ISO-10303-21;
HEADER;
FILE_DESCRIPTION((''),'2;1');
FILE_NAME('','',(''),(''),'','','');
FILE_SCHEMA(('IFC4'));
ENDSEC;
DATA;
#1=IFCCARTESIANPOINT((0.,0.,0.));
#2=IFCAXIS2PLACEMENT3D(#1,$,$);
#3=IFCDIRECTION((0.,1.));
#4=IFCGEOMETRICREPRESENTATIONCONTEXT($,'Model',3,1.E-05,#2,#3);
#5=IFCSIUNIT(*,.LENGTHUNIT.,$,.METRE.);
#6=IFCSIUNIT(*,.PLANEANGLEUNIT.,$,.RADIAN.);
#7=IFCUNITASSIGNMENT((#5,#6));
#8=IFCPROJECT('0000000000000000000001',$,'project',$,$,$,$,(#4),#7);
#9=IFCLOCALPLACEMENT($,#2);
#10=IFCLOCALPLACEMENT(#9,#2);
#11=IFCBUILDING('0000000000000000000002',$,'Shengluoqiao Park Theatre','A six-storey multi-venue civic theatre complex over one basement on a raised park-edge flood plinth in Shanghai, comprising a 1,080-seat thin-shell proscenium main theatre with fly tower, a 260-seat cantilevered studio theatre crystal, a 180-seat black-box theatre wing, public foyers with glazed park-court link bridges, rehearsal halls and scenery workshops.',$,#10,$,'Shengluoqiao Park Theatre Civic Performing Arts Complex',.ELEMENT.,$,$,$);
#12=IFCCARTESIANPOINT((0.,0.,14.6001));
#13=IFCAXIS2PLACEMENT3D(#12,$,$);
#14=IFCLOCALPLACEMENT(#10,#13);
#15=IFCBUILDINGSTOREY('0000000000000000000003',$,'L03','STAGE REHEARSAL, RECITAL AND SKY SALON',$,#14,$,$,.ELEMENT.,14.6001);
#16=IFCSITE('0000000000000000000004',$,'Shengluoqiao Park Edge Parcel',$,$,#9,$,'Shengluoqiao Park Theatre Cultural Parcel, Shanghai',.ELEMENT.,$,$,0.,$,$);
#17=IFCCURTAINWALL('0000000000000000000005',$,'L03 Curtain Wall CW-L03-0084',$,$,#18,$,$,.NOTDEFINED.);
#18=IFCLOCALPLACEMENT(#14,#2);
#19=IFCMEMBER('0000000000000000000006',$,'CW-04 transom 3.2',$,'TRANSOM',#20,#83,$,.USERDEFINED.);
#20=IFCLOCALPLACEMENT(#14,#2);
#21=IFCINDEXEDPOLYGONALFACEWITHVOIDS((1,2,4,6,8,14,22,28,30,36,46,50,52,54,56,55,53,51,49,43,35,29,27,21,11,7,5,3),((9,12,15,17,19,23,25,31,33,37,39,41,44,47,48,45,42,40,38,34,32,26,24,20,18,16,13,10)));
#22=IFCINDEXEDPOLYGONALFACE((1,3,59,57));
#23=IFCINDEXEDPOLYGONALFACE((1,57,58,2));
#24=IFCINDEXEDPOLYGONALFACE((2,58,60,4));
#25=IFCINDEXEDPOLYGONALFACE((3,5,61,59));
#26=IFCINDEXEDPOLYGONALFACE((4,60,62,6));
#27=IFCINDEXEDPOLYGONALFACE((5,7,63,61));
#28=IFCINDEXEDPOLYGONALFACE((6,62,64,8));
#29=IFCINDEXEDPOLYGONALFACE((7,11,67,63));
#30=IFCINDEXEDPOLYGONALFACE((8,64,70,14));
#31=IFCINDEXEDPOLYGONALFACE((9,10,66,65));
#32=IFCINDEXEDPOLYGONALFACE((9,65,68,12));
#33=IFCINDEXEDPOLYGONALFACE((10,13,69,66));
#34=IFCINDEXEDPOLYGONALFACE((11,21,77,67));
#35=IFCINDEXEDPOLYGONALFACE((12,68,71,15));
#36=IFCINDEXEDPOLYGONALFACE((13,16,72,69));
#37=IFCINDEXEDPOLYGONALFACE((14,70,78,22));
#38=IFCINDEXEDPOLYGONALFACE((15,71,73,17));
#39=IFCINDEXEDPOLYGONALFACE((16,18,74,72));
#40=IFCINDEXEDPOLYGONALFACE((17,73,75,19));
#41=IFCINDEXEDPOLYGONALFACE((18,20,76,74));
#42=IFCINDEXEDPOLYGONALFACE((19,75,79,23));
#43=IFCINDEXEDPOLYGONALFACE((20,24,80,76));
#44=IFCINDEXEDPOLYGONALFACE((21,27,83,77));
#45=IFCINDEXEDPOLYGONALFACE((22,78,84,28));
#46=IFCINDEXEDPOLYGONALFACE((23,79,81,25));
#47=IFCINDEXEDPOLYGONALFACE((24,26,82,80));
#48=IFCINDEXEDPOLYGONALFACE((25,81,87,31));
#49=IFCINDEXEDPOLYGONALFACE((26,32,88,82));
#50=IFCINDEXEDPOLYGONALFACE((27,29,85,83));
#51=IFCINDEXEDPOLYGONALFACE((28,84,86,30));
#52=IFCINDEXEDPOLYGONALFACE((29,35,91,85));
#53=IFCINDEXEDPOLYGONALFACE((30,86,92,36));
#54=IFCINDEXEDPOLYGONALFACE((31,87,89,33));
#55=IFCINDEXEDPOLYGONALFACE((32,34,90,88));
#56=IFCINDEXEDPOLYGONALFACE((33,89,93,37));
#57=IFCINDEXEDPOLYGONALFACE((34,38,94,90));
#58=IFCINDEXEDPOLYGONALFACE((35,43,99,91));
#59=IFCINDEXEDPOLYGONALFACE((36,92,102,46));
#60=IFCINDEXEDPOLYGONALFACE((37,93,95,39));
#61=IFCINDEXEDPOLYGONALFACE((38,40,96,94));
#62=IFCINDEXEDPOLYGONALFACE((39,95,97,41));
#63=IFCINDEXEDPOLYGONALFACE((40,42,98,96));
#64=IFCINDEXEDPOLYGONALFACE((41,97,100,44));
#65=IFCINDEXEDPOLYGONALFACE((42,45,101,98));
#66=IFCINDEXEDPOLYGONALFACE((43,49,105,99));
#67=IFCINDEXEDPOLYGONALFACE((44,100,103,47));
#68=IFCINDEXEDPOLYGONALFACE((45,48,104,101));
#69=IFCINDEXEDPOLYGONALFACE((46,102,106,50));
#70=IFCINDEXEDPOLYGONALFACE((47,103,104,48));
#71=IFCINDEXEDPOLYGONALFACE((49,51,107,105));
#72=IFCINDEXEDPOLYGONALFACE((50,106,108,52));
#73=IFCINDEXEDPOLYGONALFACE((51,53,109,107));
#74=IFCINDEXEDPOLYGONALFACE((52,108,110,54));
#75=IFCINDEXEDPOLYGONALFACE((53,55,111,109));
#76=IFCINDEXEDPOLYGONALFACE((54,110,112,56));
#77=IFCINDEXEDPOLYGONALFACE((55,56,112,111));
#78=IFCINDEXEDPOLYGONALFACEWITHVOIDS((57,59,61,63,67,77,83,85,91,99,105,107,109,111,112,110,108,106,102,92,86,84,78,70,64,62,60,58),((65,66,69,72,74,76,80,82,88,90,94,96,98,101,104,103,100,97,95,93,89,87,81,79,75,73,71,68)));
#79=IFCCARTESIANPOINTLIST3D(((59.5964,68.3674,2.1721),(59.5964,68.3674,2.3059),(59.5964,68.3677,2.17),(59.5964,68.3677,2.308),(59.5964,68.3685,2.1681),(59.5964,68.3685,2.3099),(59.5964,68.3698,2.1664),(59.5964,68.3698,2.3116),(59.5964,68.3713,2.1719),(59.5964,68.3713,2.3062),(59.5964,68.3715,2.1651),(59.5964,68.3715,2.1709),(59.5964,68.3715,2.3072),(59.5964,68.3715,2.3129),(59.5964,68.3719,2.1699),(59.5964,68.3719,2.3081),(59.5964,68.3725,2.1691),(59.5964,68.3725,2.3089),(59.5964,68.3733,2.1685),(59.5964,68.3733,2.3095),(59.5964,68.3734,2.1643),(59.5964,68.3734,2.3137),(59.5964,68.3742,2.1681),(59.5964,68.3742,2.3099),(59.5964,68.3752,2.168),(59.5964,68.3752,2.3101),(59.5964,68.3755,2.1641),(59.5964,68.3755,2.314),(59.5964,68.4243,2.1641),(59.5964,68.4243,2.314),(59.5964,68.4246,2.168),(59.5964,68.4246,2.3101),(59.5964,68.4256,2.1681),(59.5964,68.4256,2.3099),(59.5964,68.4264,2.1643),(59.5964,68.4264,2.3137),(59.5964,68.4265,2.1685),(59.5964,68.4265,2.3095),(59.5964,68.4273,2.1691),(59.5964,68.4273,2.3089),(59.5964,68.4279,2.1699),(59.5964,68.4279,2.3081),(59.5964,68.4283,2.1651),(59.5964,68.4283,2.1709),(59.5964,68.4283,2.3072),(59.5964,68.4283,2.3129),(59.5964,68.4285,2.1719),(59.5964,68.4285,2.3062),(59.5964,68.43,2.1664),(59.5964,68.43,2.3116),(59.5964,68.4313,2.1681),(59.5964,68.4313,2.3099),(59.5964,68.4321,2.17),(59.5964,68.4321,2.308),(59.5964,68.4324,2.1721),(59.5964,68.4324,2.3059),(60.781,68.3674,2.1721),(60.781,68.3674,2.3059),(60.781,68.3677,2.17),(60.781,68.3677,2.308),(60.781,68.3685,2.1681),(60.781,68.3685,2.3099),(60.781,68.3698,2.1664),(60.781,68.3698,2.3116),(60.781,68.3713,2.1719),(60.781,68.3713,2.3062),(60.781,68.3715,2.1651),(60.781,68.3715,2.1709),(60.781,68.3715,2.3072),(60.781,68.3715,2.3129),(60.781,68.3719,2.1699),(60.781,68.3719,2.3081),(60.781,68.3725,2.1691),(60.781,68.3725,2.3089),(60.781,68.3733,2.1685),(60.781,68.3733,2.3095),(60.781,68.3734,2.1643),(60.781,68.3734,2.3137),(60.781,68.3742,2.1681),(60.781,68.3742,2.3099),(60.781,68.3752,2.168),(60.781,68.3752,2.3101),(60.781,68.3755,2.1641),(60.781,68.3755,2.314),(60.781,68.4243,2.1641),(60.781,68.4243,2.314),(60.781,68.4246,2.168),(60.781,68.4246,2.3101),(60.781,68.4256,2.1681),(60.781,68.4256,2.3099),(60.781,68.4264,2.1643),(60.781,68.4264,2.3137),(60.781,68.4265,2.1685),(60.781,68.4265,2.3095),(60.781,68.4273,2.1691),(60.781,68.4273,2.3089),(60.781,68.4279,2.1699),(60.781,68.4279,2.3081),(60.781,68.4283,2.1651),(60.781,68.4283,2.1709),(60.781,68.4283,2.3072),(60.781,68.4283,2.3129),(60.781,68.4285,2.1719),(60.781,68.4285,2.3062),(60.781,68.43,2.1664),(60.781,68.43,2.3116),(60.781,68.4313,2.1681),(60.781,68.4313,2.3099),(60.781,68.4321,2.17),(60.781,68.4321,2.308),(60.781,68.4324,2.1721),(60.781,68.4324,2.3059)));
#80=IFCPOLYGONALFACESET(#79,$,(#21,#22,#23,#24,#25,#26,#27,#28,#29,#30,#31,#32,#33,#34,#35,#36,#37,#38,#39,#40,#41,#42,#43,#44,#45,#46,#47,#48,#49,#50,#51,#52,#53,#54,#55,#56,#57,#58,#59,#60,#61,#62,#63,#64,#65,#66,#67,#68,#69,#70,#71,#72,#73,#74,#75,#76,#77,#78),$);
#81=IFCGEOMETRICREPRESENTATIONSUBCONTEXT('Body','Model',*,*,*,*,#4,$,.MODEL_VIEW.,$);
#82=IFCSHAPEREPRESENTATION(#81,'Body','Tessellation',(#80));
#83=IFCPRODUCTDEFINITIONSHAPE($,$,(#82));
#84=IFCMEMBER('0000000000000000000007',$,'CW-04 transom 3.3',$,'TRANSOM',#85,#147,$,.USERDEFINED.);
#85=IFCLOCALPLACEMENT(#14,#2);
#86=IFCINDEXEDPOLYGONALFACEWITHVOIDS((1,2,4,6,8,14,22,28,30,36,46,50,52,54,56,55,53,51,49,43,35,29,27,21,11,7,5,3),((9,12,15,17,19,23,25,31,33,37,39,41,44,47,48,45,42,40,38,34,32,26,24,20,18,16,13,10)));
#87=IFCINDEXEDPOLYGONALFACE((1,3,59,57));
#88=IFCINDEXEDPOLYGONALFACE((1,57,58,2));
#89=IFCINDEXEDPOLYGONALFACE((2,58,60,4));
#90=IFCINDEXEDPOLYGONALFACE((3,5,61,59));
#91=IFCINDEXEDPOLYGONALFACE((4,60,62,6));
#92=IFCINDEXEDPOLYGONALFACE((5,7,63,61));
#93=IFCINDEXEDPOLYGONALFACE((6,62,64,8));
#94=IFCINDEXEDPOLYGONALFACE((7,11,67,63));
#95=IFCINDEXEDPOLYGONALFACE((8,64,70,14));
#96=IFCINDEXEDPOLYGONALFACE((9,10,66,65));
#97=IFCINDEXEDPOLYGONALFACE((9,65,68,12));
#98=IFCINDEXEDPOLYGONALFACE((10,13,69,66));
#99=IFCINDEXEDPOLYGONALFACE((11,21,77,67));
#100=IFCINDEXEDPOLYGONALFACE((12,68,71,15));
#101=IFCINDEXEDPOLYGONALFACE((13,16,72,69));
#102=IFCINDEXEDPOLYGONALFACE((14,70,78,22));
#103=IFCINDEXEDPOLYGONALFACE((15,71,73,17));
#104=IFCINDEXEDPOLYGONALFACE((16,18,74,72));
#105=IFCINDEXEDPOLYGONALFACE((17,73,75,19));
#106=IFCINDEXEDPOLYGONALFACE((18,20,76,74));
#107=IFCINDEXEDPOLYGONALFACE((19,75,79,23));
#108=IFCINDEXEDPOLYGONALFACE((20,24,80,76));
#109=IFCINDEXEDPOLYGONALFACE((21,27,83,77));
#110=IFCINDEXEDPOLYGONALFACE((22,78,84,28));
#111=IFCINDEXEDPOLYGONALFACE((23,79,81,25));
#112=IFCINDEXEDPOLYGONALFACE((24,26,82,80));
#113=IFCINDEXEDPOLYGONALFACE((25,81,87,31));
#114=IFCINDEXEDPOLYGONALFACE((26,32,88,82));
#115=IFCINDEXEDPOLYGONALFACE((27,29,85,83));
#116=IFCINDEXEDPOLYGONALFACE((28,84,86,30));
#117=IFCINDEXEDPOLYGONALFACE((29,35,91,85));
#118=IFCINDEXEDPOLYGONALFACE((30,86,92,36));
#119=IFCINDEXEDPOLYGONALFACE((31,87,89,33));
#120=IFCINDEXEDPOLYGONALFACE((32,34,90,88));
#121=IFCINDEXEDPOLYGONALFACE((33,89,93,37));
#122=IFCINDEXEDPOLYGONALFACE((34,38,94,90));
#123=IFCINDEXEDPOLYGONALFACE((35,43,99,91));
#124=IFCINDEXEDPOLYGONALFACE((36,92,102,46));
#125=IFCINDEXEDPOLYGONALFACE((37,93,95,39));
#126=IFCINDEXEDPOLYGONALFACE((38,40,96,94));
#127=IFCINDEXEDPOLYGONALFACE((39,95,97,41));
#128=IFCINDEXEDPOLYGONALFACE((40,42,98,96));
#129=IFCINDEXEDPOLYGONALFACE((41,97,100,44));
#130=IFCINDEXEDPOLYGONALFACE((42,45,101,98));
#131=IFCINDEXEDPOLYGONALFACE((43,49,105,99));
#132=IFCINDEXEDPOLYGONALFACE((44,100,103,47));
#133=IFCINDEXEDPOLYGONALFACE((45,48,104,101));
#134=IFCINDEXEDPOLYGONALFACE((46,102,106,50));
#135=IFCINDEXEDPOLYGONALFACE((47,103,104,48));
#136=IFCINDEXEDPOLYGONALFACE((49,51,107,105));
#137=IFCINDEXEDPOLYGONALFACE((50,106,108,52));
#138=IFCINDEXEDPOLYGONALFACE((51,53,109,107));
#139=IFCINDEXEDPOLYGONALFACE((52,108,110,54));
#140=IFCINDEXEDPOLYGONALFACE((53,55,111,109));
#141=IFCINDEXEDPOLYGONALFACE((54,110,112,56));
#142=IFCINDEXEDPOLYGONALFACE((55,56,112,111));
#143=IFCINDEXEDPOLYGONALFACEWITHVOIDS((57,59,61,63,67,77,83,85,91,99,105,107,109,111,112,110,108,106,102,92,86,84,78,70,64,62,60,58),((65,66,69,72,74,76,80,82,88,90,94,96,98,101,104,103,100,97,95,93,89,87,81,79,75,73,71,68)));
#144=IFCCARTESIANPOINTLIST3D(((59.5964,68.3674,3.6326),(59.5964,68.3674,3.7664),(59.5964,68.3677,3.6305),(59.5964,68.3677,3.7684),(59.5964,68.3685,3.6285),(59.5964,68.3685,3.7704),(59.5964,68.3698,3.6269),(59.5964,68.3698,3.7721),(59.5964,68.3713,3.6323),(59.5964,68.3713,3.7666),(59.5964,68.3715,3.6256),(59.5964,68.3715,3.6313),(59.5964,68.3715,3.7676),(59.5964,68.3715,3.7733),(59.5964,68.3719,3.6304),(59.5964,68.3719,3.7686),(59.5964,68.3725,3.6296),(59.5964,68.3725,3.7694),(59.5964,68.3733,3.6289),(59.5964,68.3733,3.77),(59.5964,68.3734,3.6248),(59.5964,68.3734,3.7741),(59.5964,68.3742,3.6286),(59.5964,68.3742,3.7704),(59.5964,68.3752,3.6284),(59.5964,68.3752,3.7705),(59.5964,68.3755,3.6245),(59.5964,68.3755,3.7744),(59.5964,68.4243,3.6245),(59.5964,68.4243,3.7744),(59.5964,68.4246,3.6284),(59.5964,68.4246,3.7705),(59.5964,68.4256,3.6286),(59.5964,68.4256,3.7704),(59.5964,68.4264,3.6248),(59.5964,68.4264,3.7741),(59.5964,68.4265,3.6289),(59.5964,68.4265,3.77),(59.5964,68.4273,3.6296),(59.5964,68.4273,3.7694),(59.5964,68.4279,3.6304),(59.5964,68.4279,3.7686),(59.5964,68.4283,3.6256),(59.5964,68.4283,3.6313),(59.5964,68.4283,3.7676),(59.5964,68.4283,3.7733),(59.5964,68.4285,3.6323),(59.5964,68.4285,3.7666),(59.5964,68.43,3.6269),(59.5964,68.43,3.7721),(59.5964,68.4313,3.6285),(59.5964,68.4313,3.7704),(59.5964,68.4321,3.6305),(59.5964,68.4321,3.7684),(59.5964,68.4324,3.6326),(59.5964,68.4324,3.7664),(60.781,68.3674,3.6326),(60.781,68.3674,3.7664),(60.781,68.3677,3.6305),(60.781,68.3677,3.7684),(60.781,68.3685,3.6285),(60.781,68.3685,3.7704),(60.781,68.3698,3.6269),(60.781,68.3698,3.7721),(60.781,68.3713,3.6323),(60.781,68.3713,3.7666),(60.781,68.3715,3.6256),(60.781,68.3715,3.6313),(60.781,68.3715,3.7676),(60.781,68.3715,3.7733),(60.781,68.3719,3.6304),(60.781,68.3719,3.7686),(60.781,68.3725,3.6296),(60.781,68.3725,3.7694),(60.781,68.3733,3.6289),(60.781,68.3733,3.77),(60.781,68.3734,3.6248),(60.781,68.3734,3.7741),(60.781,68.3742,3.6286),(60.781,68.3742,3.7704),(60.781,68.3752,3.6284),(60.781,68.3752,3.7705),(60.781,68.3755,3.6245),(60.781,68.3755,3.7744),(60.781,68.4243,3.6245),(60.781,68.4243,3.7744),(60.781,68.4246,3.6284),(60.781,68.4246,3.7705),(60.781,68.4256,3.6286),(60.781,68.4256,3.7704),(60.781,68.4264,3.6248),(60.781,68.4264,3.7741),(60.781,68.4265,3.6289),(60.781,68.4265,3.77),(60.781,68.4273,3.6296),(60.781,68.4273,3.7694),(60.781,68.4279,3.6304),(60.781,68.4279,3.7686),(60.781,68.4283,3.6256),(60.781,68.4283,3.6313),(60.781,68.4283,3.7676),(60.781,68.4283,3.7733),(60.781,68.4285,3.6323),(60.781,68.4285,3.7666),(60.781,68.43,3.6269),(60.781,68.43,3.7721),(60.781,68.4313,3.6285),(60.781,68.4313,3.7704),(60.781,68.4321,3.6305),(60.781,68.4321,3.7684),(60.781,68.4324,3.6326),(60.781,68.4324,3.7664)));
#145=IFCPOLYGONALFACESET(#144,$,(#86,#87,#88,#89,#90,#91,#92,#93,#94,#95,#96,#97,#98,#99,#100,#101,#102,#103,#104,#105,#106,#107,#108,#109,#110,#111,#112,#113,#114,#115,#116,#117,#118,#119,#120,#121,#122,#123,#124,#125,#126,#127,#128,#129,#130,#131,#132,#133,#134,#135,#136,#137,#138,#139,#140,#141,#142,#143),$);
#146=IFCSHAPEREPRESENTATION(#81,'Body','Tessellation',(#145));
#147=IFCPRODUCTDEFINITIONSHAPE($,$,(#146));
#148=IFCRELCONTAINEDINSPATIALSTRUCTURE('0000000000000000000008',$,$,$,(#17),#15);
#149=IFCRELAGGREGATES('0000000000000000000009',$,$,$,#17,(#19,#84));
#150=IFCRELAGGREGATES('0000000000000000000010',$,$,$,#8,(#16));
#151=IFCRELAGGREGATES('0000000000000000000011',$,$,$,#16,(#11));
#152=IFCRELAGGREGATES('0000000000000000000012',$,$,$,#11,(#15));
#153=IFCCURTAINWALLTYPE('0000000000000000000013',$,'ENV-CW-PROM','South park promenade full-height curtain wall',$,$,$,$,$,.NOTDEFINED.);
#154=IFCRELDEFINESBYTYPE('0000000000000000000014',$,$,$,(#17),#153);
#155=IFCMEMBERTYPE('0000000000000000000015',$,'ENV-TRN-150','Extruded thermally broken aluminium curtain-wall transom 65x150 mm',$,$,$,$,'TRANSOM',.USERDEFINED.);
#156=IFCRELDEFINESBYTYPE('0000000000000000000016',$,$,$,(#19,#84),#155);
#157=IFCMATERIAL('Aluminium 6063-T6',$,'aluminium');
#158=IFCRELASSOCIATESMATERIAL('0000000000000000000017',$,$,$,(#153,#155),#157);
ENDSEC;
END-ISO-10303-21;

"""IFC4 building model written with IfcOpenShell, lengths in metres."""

from ifc_helpers import new_model, si_unit, direction, frame, origin, origin_2d, place, context, subcontext, project, spatial, hollow_rectangle, extrude, material, material_profile, profile_set, type_object, element, aggregate, save


model = new_model("IFC4")

# Units and contexts
model_context = context("Model", 3, precision=1e-05, world=origin(), true_north=direction((0.0, 1.0)))
body_context = subcontext(model_context, "Body", "Model", "MODEL_VIEW")
ifc_project = project(units=[si_unit("LENGTHUNIT", "METRE"), si_unit("PLANEANGLEUNIT", "RADIAN")], contexts=[model_context])

# Site, building, storey
site_placement = place(None, origin())
site = spatial("IfcSite", under=ifc_project, at=site_placement, Name="Shengluoqiao Park Edge Parcel", LongName="Shengluoqiao Park Theatre Cultural Parcel, Shanghai", CompositionType="ELEMENT", RefElevation=0.0)
building_placement = place(site_placement, origin())
building = spatial("IfcBuilding", under=site, at=building_placement, Name="Shengluoqiao Park Theatre", Description="A six-storey multi-venue civic theatre complex over one basement on a raised park-edge flood plinth in Shanghai, comprising a 1,080-seat thin-shell proscenium main theatre with fly tower, a 260-seat cantilevered studio theatre crystal, a 180-seat black-box theatre wing, public foyers with glazed park-court link bridges, rehearsal halls and scenery workshops.", LongName="Shengluoqiao Park Theatre Civic Performing Arts Complex", CompositionType="ELEMENT")
storey_placement = place(building_placement, frame((0.0, 0.0, 14.6001)))
storey = spatial("IfcBuildingStorey", under=building, at=storey_placement, Name="L03", Description="STAGE REHEARSAL, RECITAL AND SKY SALON", CompositionType="ELEMENT", Elevation=14.6001)

# Curtain wall
ifc_material_1 = material(Name="Aluminium 6063-T6", Category="aluminium")
curtain_wall_type = type_object("IfcCurtainWallType", Name="ENV-CW-PROM", Description="South park promenade full-height curtain wall", PredefinedType="NOTDEFINED", material=ifc_material_1)
curtain_wall_1_placement = place(storey_placement, origin())
curtain_wall_1 = element("IfcCurtainWall", 1, at=curtain_wall_1_placement, inside=storey, type_object=curtain_wall_type, Name="L03 Curtain Wall CW-L03-0084", PredefinedType="NOTDEFINED")

# Members
ifc_material_profile_1 = material_profile(ifc_material_1, hollow_rectangle(XDim=0.0649, YDim=0.1499, WallThickness=0.0039, InnerFilletRadius=0.0039, OuterFilletRadius=0.0081, at=origin_2d()), Name="ALU TRANSOM 150x65x4")
ifc_profile_set_1 = profile_set([ifc_material_profile_1], Name="Aluminium 6063-T6")
member_type_1 = type_object("IfcMemberType", Name="ENV-TRN-150", Description="Extruded thermally broken aluminium curtain-wall transom 65x150 mm", ElementType="TRANSOM", PredefinedType="USERDEFINED", material=ifc_profile_set_1)
member_1_placement = place(storey_placement, frame((59.5964, 68.3999, 2.239), z_axis=(1.0, 0.0, 0.0), x_axis=(0.0, 1.0, 0.0)))
member_1 = element("IfcMember", 2, at=member_1_placement, type_object=member_type_1, Name="CW-04 transom 3.2", ObjectType="TRANSOM", PredefinedType="USERDEFINED", context=body_context, shape_type="SweptSolid", body=[
    extrude(hollow_rectangle(XDim=0.0649, YDim=0.1499, WallThickness=0.0039, InnerFilletRadius=0.0039, OuterFilletRadius=0.0081, at=origin_2d()), origin(), (0.0, 0.0, 1.0), 1.1846),
])
member_2_placement = place(storey_placement, frame((59.5964, 68.3999, 3.6995), z_axis=(1.0, 0.0, 0.0), x_axis=(0.0, 1.0, 0.0)))
member_2 = element("IfcMember", 3, at=member_2_placement, type_object=member_type_1, Name="CW-04 transom 3.3", ObjectType="TRANSOM", PredefinedType="USERDEFINED", context=body_context, shape_type="SweptSolid", body=[
    extrude(hollow_rectangle(XDim=0.0649, YDim=0.1499, WallThickness=0.0039, InnerFilletRadius=0.0039, OuterFilletRadius=0.0081, at=origin_2d()), origin(), (0.0, 0.0, 1.0), 1.1846),
])

aggregate(curtain_wall_1, [member_1, member_2])

save(model, "model.ifc")
